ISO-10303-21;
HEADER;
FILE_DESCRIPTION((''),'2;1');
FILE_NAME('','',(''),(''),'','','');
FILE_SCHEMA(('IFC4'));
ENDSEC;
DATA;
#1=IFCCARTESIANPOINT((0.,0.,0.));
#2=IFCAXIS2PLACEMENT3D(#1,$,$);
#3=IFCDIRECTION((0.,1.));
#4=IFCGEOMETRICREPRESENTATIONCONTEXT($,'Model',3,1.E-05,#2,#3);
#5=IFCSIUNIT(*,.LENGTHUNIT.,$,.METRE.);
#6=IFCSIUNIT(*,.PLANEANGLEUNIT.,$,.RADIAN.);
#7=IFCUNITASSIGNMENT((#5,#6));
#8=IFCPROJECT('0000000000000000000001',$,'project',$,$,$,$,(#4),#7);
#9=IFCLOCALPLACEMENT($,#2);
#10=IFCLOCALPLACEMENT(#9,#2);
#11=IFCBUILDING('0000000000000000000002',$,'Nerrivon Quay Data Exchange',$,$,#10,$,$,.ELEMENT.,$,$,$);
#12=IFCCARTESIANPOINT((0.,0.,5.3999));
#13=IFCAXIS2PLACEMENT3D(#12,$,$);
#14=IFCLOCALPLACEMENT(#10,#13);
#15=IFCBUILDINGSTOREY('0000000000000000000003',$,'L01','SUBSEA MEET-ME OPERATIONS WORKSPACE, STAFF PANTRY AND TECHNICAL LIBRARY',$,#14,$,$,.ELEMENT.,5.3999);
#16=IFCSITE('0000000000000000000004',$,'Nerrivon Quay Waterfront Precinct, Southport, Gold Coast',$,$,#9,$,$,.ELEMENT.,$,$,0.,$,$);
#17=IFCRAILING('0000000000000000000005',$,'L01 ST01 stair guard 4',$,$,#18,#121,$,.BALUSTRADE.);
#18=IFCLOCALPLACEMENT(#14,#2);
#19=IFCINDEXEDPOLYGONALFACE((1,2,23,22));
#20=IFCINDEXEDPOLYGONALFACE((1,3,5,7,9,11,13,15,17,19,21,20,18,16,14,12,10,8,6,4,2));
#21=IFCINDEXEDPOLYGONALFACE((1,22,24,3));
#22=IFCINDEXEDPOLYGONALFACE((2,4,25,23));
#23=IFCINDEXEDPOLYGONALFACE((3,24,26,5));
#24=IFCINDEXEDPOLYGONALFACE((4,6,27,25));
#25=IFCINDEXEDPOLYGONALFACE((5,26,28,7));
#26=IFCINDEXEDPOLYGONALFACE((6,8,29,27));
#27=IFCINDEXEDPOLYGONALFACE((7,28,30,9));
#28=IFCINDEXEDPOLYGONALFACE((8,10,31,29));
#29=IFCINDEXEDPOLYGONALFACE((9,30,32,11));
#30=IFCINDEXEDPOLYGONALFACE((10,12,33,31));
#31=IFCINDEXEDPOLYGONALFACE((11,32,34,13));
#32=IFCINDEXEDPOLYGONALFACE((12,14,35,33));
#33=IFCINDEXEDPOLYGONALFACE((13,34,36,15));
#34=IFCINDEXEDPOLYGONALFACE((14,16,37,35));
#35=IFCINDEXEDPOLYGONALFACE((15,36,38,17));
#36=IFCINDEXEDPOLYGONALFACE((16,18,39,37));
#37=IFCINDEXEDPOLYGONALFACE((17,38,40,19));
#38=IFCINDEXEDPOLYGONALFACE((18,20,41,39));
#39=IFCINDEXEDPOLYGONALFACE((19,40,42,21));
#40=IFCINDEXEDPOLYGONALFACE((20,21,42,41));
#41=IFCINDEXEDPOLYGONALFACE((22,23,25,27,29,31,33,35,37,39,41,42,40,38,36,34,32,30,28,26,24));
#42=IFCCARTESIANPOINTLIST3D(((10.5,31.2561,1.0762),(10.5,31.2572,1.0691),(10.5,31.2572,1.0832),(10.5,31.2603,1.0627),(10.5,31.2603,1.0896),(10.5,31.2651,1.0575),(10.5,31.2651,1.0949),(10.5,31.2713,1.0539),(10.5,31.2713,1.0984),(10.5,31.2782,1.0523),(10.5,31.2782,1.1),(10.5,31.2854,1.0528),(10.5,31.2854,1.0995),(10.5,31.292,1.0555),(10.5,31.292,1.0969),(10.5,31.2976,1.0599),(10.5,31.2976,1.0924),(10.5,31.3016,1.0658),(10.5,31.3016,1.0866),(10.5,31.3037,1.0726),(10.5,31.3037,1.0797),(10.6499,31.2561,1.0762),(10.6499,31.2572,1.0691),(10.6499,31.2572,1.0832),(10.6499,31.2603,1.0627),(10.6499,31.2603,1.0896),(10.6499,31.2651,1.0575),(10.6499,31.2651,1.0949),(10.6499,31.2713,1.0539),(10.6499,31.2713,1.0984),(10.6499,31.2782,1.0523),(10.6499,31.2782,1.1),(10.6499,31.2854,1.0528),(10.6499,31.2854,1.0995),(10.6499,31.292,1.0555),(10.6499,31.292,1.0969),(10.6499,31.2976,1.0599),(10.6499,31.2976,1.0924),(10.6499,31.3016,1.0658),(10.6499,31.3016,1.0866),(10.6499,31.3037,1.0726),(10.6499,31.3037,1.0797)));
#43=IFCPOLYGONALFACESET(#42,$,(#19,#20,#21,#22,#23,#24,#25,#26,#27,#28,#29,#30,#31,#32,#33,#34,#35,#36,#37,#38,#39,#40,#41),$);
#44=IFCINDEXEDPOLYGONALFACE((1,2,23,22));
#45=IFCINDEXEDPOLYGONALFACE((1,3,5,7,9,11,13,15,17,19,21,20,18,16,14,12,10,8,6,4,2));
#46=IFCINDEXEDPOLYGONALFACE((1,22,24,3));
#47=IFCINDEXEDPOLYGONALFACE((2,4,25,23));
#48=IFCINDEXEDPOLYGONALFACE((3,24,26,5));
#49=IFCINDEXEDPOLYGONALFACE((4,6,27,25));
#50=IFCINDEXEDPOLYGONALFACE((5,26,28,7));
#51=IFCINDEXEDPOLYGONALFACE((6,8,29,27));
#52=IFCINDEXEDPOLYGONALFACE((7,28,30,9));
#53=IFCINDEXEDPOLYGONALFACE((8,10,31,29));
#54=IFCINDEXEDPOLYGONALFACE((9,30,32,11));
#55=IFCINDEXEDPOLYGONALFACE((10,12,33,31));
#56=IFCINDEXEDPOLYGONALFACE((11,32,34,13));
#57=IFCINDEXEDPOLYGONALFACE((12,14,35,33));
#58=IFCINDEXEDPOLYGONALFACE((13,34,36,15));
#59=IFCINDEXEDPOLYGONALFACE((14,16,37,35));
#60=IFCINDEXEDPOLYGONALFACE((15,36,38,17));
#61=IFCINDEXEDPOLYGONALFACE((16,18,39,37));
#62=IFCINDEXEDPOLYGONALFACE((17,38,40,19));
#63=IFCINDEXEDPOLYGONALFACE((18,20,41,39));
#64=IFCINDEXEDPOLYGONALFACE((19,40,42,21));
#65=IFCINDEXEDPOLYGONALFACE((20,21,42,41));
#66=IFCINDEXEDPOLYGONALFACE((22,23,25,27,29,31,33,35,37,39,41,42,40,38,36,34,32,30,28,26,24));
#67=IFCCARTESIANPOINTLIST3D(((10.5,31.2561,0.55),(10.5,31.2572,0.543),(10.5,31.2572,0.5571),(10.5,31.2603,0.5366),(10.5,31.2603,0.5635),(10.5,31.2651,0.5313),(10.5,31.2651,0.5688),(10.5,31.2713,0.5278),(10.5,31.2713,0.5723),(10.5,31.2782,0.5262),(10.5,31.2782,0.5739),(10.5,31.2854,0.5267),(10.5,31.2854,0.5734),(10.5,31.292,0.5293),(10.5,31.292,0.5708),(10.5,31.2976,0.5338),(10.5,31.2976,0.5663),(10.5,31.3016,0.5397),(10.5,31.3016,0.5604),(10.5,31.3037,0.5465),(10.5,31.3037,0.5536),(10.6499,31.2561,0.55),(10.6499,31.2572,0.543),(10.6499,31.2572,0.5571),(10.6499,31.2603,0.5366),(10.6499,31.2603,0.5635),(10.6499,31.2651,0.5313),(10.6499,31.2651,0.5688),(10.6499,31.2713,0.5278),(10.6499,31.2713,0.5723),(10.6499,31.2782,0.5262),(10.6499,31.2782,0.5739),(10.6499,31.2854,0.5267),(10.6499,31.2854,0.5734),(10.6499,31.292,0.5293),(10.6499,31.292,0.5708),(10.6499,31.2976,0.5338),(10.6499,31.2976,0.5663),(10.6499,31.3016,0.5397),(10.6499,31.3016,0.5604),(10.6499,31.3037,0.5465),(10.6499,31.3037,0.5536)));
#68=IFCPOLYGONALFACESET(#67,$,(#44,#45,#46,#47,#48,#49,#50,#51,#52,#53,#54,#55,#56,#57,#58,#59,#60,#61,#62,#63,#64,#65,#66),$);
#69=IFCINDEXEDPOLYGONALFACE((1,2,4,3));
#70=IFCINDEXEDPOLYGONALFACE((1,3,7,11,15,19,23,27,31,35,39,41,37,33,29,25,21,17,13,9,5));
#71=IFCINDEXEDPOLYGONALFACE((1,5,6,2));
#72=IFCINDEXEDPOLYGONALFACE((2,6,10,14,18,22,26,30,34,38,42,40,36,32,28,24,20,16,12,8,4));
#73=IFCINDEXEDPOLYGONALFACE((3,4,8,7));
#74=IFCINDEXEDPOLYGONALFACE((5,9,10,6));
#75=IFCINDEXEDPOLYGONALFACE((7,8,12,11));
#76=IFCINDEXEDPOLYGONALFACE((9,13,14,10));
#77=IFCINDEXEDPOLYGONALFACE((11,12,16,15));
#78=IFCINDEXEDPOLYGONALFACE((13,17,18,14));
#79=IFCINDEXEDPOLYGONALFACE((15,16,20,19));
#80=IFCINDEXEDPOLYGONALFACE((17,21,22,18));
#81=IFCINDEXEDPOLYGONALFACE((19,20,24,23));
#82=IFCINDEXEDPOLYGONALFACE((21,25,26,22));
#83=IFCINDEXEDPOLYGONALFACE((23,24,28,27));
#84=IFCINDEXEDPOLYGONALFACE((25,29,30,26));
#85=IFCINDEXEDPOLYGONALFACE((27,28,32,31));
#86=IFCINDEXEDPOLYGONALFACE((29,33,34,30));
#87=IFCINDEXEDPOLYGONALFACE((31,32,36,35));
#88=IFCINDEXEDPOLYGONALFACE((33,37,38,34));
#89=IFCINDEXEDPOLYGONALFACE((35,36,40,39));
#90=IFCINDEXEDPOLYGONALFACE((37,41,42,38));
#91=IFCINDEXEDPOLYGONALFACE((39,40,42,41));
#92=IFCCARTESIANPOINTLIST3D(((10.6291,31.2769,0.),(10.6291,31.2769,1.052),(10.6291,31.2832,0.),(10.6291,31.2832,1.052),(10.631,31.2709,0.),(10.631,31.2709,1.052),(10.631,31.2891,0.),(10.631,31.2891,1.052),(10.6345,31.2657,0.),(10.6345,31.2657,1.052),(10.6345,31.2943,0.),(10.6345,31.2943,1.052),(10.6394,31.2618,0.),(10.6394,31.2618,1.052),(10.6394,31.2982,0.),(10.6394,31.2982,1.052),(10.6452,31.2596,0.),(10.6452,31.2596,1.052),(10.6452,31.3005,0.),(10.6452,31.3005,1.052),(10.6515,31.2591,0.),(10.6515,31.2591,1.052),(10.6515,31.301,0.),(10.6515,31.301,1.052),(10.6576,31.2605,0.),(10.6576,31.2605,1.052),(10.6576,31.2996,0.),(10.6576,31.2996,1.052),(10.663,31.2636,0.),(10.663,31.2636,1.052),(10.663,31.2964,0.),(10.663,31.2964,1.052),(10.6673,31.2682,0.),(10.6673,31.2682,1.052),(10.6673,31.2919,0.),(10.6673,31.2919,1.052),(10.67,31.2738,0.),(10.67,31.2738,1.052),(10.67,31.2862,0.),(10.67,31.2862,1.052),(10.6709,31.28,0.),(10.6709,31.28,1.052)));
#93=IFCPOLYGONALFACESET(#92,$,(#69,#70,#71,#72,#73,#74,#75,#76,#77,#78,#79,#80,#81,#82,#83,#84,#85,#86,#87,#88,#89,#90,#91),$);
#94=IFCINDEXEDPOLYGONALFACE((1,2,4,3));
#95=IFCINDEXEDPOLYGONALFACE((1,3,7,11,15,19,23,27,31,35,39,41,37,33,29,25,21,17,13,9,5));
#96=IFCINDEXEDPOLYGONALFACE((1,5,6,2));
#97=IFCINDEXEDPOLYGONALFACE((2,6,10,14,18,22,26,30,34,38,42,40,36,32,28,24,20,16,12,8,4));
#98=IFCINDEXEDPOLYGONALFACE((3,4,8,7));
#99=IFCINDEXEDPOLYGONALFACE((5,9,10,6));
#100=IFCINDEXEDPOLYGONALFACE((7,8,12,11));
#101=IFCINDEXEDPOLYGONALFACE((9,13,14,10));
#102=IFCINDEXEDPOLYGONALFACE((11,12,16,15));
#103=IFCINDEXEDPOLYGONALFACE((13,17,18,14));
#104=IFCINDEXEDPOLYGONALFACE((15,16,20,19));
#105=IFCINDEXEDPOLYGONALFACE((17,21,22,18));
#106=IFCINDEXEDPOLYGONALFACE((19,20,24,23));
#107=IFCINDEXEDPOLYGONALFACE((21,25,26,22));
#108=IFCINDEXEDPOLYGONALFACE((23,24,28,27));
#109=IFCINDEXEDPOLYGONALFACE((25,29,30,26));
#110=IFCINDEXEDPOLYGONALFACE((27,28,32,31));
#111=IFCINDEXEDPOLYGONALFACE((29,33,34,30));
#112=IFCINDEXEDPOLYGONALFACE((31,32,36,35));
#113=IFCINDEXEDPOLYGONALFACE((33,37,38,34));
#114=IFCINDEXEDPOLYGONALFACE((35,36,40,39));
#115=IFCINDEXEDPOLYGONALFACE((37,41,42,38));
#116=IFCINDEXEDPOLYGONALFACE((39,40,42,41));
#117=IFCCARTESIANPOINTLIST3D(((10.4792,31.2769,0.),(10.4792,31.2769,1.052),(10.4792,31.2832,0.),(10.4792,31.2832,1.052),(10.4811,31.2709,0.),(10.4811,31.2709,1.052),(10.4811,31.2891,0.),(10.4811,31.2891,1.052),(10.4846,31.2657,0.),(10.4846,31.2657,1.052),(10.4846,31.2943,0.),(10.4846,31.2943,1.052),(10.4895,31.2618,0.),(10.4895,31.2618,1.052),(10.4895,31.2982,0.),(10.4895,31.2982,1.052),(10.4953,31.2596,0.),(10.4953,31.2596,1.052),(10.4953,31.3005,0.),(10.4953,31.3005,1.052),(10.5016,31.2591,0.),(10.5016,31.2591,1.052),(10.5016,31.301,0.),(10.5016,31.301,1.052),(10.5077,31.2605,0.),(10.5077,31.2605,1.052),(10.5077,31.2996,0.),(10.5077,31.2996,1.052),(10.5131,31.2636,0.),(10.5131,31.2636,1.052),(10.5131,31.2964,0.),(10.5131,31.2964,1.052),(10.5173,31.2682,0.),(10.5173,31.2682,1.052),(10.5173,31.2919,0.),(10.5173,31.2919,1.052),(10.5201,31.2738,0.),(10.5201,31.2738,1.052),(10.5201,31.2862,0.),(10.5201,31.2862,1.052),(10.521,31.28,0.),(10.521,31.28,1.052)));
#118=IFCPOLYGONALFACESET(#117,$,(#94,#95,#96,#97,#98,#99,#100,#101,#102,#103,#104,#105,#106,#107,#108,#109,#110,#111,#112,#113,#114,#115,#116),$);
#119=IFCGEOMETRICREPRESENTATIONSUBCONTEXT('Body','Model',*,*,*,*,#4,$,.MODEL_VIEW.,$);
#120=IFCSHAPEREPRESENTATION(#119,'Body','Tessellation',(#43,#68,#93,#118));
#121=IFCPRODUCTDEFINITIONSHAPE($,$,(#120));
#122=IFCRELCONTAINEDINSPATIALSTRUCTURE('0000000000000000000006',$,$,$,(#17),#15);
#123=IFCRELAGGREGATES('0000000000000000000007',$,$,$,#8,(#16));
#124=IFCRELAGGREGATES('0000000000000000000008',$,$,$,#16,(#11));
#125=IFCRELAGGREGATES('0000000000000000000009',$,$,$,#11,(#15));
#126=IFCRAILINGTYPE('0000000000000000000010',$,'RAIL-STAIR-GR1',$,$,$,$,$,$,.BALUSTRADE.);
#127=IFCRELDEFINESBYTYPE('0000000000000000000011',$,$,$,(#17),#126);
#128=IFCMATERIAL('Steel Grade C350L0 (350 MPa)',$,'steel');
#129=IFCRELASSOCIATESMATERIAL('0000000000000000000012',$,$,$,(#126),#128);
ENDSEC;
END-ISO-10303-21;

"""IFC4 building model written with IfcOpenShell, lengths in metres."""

from ifc_helpers import new_model, si_unit, direction, frame, origin, origin_2d, place, context, subcontext, project, spatial, circle, extrude, material, type_object, element, save


model = new_model("IFC4")

# Units and contexts
model_context = context("Model", 3, precision=1e-05, world=origin(), true_north=direction((0.0, 1.0)))
body_context = subcontext(model_context, "Body", "Model", "MODEL_VIEW")
ifc_project = project(units=[si_unit("LENGTHUNIT", "METRE"), si_unit("PLANEANGLEUNIT", "RADIAN")], contexts=[model_context])

# Site, building, storey
site_placement = place(None, origin())
site = spatial("IfcSite", under=ifc_project, at=site_placement, Name="Nerrivon Quay Waterfront Precinct, Southport, Gold Coast", CompositionType="ELEMENT", RefElevation=0.0)
building_placement = place(site_placement, origin())
building = spatial("IfcBuilding", under=site, at=building_placement, Name="Nerrivon Quay Data Exchange", CompositionType="ELEMENT")
storey_placement = place(building_placement, frame((0.0, 0.0, 5.3999)))
storey = spatial("IfcBuildingStorey", under=building, at=storey_placement, Name="L01", Description="SUBSEA MEET-ME OPERATIONS WORKSPACE, STAFF PANTRY AND TECHNICAL LIBRARY", CompositionType="ELEMENT", Elevation=5.3999)

# Railing
ifc_material_1 = material(Name="Steel Grade C350L0 (350 MPa)", Category="steel")
railing_type_1 = type_object("IfcRailingType", Name="RAIL-STAIR-GR1", PredefinedType="BALUSTRADE", material=ifc_material_1)
railing_1_placement = place(storey_placement, frame((10.6499, 31.28, 0.0)))
element("IfcRailing", 1, at=railing_1_placement, inside=storey, type_object=railing_type_1, Name="L01 ST01 stair guard 4", PredefinedType="BALUSTRADE", context=body_context, shape_type="SweptSolid", body=[
    extrude(circle(Radius=0.0239, at=origin_2d()), frame((0.0, 0.0, 1.0762), z_axis=(-1.0, 0.0, 0.0), x_axis=(0.0, -1.0, 0.0)), (0.0, 0.0, 1.0), 0.1499),
    extrude(circle(Radius=0.0239, at=origin_2d()), frame((0.0, 0.0, 0.55), z_axis=(-1.0, 0.0, 0.0), x_axis=(0.0, -1.0, 0.0)), (0.0, 0.0, 1.0), 0.1499),
    extrude(circle(Radius=0.021, at=origin_2d()), origin(), (0.0, 0.0, 1.0), 1.052),
    extrude(circle(Radius=0.021, at=origin_2d()), frame((-0.1499, 0.0, 0.0)), (0.0, 0.0, 1.0), 1.052),
])

save(model, "model.ifc")
